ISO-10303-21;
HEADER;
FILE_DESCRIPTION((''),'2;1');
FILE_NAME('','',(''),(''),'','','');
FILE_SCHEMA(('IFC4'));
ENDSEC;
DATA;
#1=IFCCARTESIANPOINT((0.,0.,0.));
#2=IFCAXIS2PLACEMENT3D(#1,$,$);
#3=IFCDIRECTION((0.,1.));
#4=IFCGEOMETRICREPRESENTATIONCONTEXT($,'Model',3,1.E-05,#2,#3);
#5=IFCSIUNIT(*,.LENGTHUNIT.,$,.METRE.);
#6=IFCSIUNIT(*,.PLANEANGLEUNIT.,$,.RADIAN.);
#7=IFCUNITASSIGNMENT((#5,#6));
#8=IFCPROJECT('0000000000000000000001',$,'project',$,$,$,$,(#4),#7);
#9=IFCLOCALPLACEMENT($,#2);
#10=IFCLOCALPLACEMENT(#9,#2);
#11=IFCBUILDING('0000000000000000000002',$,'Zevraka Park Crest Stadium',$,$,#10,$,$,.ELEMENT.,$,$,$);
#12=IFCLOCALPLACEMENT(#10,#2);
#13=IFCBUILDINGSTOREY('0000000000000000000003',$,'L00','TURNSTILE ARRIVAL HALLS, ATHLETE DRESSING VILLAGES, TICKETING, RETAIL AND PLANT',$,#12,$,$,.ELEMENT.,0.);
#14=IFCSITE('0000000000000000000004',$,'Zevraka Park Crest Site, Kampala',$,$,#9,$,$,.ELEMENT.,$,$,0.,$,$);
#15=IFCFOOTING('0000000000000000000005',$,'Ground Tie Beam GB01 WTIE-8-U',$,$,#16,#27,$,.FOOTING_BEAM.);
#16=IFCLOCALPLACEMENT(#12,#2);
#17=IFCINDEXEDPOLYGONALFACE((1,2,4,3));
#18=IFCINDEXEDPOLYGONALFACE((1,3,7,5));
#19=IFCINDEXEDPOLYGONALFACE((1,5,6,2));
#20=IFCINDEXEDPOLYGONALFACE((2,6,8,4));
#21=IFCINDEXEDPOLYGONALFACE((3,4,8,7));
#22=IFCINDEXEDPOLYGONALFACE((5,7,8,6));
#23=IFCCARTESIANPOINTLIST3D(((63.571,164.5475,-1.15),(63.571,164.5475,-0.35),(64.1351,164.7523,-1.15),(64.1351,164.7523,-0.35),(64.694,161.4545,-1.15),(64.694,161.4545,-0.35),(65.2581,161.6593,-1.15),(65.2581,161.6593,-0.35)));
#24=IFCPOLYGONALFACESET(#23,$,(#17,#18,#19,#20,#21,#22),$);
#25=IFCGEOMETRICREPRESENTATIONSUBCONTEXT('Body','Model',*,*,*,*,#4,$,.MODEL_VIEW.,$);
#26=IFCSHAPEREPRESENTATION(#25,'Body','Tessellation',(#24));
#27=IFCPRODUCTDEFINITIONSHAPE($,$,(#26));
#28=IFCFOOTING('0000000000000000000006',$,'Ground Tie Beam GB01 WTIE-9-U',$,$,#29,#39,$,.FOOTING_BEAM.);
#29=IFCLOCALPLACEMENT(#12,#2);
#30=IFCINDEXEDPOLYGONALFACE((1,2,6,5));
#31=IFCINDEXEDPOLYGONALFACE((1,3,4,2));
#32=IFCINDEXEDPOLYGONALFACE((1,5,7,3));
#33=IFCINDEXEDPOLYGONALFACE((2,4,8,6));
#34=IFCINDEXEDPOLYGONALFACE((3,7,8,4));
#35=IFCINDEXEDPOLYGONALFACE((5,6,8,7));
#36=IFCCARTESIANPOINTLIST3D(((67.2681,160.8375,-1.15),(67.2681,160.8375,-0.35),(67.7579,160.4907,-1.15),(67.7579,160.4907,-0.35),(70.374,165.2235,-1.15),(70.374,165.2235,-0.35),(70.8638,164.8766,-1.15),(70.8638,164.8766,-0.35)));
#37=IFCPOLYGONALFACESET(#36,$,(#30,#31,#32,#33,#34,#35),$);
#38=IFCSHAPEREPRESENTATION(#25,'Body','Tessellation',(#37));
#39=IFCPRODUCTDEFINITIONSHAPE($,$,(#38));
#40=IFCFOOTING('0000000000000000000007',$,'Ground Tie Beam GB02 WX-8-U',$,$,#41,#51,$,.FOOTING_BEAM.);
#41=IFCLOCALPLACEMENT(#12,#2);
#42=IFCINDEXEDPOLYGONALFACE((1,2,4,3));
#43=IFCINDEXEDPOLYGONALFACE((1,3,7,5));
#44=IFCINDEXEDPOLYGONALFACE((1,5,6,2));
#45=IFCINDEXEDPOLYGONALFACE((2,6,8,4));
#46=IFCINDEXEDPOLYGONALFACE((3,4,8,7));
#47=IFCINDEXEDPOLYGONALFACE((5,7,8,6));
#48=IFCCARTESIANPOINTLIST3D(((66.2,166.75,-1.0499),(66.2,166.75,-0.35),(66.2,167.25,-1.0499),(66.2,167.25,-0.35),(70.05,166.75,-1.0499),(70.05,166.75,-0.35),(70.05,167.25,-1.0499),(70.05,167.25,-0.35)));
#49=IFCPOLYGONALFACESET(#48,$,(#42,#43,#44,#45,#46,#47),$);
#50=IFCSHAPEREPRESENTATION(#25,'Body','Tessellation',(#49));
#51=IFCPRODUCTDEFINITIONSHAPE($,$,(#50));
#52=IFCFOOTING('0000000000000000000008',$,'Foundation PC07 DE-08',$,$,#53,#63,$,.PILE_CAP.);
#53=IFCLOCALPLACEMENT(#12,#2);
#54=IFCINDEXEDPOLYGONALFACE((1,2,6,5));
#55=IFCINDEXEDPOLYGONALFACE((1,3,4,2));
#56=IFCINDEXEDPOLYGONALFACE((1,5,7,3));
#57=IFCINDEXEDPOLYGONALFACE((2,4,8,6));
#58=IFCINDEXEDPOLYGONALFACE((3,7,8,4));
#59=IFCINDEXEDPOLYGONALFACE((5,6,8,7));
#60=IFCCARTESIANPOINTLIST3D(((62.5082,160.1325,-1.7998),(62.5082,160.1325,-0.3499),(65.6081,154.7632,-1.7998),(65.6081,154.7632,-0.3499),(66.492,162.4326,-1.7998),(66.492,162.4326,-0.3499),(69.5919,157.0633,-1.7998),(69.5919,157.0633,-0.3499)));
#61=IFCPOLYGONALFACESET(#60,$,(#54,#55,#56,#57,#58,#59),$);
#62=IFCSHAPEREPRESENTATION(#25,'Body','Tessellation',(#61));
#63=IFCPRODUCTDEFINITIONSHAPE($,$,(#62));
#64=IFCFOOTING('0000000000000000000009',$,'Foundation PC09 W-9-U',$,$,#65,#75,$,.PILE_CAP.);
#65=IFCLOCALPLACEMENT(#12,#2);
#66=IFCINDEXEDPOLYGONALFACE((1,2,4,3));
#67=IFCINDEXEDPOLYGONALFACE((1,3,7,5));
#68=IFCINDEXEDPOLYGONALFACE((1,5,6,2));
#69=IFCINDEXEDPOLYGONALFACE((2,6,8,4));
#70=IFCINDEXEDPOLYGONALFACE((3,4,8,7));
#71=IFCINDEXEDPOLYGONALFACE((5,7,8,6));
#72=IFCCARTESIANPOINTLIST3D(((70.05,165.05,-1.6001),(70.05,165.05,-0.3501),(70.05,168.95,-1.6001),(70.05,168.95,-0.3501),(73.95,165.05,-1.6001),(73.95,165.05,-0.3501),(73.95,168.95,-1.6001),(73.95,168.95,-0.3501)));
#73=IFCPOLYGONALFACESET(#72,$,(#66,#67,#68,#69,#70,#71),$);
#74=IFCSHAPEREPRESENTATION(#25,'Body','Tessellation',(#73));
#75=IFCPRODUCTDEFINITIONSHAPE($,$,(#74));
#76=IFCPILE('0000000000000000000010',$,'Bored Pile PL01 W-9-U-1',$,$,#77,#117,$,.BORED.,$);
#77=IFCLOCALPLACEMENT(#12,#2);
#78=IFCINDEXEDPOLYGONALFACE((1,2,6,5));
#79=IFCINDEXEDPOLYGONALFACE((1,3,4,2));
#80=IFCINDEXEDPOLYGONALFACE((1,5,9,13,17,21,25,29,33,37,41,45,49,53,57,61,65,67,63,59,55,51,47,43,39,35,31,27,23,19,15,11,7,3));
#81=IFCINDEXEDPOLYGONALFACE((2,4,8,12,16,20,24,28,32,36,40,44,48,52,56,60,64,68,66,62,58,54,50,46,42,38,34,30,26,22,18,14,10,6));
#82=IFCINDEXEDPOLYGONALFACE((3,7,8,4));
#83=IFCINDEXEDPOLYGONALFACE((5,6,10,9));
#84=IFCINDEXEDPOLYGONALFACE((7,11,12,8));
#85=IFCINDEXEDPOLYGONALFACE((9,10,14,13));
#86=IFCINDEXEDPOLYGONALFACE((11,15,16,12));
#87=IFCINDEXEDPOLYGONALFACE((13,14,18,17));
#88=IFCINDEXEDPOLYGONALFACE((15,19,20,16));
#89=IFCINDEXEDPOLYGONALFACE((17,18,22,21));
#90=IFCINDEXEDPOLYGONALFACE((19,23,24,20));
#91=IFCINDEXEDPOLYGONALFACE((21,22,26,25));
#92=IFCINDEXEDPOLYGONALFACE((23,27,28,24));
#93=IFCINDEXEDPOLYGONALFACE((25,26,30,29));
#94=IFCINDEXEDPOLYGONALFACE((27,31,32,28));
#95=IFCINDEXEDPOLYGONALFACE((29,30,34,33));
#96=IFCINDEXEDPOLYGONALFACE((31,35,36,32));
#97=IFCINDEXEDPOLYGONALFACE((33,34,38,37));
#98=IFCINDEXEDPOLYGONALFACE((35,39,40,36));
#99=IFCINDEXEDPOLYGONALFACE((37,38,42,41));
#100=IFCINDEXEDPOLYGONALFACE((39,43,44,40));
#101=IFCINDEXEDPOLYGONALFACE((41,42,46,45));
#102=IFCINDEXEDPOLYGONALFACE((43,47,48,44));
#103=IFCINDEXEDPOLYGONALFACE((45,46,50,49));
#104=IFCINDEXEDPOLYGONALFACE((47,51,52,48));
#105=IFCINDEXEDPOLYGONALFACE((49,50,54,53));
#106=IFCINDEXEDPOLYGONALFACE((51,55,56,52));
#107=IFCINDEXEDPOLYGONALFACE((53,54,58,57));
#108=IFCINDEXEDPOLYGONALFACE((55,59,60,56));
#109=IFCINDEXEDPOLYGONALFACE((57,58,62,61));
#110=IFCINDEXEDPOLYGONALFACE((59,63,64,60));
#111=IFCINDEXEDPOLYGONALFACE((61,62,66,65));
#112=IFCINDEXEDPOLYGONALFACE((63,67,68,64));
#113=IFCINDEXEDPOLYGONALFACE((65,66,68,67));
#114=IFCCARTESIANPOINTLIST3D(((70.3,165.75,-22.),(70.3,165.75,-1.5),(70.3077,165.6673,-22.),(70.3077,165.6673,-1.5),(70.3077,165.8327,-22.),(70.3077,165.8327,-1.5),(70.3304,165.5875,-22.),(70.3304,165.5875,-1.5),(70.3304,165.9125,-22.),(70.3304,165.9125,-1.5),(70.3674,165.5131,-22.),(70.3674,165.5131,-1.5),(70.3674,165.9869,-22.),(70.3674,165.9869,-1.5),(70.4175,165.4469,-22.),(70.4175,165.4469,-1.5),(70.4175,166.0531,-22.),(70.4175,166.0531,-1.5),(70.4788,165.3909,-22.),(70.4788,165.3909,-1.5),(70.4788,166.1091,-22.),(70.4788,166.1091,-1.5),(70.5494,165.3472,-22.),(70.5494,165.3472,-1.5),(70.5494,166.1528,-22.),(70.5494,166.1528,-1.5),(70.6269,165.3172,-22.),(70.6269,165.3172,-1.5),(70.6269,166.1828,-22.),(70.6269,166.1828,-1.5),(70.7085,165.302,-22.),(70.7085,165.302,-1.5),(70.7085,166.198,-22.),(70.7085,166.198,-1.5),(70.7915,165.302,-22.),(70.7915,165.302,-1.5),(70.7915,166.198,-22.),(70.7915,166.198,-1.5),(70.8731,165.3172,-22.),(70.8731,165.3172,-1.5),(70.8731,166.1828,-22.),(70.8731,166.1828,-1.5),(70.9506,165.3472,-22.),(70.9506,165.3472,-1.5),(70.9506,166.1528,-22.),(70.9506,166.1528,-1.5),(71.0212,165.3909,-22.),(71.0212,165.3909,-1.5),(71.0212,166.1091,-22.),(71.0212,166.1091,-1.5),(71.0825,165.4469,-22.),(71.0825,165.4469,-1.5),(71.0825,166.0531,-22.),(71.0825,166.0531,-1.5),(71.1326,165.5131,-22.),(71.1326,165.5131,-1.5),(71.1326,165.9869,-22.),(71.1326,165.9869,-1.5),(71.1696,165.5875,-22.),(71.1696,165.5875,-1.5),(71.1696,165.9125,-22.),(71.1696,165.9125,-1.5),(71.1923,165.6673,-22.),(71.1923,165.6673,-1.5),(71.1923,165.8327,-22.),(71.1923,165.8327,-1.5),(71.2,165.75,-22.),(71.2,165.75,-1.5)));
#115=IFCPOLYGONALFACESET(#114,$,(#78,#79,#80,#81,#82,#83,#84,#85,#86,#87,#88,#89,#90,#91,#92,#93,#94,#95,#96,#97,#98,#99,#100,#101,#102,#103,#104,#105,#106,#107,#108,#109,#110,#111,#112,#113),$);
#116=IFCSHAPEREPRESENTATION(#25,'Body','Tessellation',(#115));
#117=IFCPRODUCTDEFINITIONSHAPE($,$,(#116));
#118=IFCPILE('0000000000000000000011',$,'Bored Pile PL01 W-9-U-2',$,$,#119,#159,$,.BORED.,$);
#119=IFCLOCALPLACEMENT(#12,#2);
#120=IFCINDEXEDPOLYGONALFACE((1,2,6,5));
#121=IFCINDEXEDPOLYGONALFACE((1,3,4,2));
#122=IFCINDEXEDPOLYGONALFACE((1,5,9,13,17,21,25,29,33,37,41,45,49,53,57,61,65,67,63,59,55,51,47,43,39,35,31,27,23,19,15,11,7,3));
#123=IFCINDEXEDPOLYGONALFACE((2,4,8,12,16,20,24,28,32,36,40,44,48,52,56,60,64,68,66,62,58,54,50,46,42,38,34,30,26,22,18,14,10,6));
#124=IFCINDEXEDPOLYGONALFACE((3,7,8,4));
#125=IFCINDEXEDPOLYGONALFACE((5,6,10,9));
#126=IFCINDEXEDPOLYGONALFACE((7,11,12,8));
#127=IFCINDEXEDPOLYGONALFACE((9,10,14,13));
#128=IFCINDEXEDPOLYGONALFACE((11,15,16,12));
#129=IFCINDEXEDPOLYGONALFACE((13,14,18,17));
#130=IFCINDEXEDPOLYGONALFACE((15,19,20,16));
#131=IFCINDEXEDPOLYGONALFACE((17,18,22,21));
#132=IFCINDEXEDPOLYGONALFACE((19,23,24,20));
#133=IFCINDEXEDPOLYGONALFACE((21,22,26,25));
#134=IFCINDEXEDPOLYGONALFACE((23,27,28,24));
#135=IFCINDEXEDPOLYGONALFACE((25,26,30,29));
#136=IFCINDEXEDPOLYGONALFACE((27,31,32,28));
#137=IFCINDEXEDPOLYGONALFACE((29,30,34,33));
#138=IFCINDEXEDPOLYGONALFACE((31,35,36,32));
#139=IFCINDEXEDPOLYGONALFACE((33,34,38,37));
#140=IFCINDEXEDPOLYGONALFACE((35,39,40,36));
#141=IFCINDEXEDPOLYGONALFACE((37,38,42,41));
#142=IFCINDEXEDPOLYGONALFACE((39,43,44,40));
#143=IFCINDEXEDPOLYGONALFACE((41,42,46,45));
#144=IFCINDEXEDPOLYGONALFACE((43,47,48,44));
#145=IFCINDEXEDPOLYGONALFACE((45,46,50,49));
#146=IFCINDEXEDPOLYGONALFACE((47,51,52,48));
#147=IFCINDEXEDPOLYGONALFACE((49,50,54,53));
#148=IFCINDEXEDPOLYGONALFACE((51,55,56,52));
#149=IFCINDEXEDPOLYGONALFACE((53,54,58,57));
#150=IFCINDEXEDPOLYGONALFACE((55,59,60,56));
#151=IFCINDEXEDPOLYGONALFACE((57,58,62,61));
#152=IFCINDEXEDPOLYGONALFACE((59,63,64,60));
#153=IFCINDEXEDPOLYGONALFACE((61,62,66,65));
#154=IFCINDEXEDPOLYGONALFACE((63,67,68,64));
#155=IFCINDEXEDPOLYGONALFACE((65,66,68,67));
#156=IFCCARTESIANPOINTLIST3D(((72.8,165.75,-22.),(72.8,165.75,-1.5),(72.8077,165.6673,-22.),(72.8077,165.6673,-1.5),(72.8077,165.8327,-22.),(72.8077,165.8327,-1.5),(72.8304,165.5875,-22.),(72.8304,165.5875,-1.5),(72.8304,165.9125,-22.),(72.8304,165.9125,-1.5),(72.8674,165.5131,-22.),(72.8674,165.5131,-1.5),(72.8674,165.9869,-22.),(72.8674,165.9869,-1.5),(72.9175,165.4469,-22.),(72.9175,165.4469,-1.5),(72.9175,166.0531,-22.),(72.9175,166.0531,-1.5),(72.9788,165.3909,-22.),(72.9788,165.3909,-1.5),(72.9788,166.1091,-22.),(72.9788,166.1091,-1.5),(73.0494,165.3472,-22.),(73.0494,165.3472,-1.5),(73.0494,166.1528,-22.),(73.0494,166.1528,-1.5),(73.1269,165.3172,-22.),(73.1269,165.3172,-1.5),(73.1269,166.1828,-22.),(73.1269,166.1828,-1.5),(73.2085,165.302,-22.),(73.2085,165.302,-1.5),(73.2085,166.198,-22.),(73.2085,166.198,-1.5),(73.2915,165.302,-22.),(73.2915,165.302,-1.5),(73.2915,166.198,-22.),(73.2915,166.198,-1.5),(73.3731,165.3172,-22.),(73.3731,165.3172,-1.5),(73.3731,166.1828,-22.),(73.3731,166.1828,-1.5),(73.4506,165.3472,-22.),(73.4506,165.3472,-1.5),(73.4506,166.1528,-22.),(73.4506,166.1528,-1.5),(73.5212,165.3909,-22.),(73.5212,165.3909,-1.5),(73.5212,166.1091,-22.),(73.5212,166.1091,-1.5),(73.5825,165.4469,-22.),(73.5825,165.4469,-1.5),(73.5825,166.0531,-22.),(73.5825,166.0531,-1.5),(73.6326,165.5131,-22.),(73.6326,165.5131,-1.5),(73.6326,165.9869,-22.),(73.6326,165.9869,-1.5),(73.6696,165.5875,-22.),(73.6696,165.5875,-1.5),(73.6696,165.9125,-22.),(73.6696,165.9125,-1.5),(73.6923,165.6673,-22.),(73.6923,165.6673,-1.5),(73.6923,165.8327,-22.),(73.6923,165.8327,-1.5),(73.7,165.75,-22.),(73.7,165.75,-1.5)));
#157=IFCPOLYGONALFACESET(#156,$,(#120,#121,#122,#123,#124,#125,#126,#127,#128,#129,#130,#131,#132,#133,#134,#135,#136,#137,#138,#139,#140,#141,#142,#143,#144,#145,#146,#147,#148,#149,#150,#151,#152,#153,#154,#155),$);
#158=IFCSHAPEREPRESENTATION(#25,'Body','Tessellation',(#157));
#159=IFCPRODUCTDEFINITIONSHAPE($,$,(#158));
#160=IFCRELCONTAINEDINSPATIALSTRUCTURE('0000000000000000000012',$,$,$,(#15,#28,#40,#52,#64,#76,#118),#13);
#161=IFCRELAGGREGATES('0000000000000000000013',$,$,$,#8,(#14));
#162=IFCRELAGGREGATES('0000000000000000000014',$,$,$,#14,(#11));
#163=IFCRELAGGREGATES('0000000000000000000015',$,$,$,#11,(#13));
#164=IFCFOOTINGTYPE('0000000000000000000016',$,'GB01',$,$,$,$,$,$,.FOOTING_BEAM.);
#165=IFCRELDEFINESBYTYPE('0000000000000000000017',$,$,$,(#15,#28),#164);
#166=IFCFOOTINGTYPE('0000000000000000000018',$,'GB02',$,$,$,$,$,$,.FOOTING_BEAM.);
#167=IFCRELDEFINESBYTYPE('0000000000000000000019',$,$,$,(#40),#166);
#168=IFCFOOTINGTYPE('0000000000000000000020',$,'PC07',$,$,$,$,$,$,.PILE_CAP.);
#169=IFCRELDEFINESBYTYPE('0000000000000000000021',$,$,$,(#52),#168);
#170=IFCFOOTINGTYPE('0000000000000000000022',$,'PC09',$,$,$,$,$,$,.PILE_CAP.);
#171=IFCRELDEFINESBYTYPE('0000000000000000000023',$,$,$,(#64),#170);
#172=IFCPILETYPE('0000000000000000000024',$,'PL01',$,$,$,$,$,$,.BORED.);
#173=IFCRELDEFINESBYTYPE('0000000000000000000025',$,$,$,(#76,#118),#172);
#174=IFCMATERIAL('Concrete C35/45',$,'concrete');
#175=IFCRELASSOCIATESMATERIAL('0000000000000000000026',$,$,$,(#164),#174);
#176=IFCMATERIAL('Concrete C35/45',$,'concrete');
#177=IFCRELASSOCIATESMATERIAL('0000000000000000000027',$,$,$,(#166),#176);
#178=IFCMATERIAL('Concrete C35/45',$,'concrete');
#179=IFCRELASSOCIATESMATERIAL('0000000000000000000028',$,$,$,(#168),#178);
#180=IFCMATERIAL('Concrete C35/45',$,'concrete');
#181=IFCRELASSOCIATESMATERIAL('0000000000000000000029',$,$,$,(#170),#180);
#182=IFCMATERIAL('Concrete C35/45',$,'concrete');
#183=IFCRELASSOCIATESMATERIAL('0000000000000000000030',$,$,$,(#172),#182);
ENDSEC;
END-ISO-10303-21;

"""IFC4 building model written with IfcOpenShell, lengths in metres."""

from ifc_helpers import new_model, si_unit, direction, frame, origin, origin_2d, place, context, subcontext, project, spatial, rectangle, circle, extrude, material, material_profile, profile_set, type_object, element, save


model = new_model("IFC4")

# Units and contexts
model_context = context("Model", 3, precision=1e-05, world=origin(), true_north=direction((0.0, 1.0)))
body_context = subcontext(model_context, "Body", "Model", "MODEL_VIEW")
ifc_project = project(units=[si_unit("LENGTHUNIT", "METRE"), si_unit("PLANEANGLEUNIT", "RADIAN")], contexts=[model_context])

# Site, building, storey
site_placement = place(None, origin())
site = spatial("IfcSite", under=ifc_project, at=site_placement, Name="Zevraka Park Crest Site, Kampala", CompositionType="ELEMENT", RefElevation=0.0)
building_placement = place(site_placement, origin())
building = spatial("IfcBuilding", under=site, at=building_placement, Name="Zevraka Park Crest Stadium", CompositionType="ELEMENT")
storey_placement = place(building_placement, origin())
storey = spatial("IfcBuildingStorey", under=building, at=storey_placement, Name="L00", Description="TURNSTILE ARRIVAL HALLS, ATHLETE DRESSING VILLAGES, TICKETING, RETAIL AND PLANT", CompositionType="ELEMENT", Elevation=0.0)

# Footings
ifc_material_1 = material(Name="Concrete C35/45", Category="concrete")
ifc_material_profile_1 = material_profile(ifc_material_1, rectangle(XDim=0.6001, YDim=0.8, at=origin_2d()), Name="GB 800x600")
ifc_profile_set_1 = profile_set([ifc_material_profile_1], Name="Concrete C35/45")
footing_type_1 = type_object("IfcFootingType", Name="GB01", PredefinedType="FOOTING_BEAM", material=ifc_profile_set_1)
footing_1_placement = place(storey_placement, frame((63.853, 164.6499, -0.75), z_axis=(0.34129, -0.939958, 0.0), x_axis=(0.939958, 0.34129, 0.0)))
element("IfcFooting", 1, at=footing_1_placement, inside=storey, type_object=footing_type_1, Name="Ground Tie Beam GB01 WTIE-8-U", PredefinedType="FOOTING_BEAM", context=body_context, shape_type="SweptSolid", body=[
    extrude(rectangle(XDim=0.6001, YDim=0.8, at=origin_2d()), origin(), (0.0, 0.0, 1.0), 3.2905),
])
footing_2_placement = place(storey_placement, frame((70.6189, 165.05, -0.75), z_axis=(-0.57792, -0.816093, 0.0), x_axis=(0.816093, -0.57792, 0.0)))
element("IfcFooting", 2, at=footing_2_placement, inside=storey, type_object=footing_type_1, Name="Ground Tie Beam GB01 WTIE-9-U", PredefinedType="FOOTING_BEAM", context=body_context, shape_type="SweptSolid", body=[
    extrude(rectangle(XDim=0.6001, YDim=0.8, at=origin_2d()), origin(), (0.0, 0.0, 1.0), 5.3743),
])
ifc_material_2 = material(Name="Concrete C35/45", Category="concrete")
ifc_material_profile_2 = material_profile(ifc_material_2, rectangle(XDim=0.5, YDim=0.7, at=origin_2d()), Name="GB 700x500")
ifc_profile_set_2 = profile_set([ifc_material_profile_2], Name="Concrete C35/45")
footing_type_2 = type_object("IfcFootingType", Name="GB02", PredefinedType="FOOTING_BEAM", material=ifc_profile_set_2)
footing_3_placement = place(storey_placement, frame((66.2, 167.0, -0.7), z_axis=(1.0, 0.0, 0.0), x_axis=(0.0, 1.0, 0.0)))
element("IfcFooting", 3, at=footing_3_placement, inside=storey, type_object=footing_type_2, Name="Ground Tie Beam GB02 WX-8-U", PredefinedType="FOOTING_BEAM", context=body_context, shape_type="SweptSolid", body=[
    extrude(rectangle(XDim=0.5, YDim=0.7, at=origin_2d()), origin(), (0.0, 0.0, 1.0), 3.8501),
])
ifc_material_3 = material(Name="Concrete C35/45", Category="concrete")
footing_type_3 = type_object("IfcFootingType", Name="PC07", PredefinedType="PILE_CAP", material=ifc_material_3)
footing_4_placement = place(storey_placement, frame((66.05, 158.5979, -1.7998), z_axis=(0.0, 0.0, 1.0), x_axis=(-0.5, 0.866025, 0.0)))
element("IfcFooting", 4, at=footing_4_placement, inside=storey, type_object=footing_type_3, Name="Foundation PC07 DE-08", PredefinedType="PILE_CAP", context=body_context, shape_type="SweptSolid", body=[
    extrude(rectangle(XDim=6.2, YDim=4.6001, at=origin_2d()), origin(), (0.0, 0.0, 1.0), 1.45),
])
ifc_material_4 = material(Name="Concrete C35/45", Category="concrete")
footing_type_4 = type_object("IfcFootingType", Name="PC09", PredefinedType="PILE_CAP", material=ifc_material_4)
footing_5_placement = place(storey_placement, frame((72.0, 167.0, -1.6001), z_axis=(0.0, 0.0, 1.0), x_axis=(1.0, 0.0, 0.0)))
element("IfcFooting", 5, at=footing_5_placement, inside=storey, type_object=footing_type_4, Name="Foundation PC09 W-9-U", PredefinedType="PILE_CAP", context=body_context, shape_type="SweptSolid", body=[
    extrude(rectangle(XDim=3.8999, YDim=3.8999, at=origin_2d()), origin(), (0.0, 0.0, 1.0), 1.25),
])

# Piles
ifc_material_5 = material(Name="Concrete C35/45", Category="concrete")
ifc_material_profile_3 = material_profile(ifc_material_5, circle(Radius=0.45, at=origin_2d()), Name="PILE D900")
ifc_profile_set_3 = profile_set([ifc_material_profile_3], Name="Concrete C35/45")
pile_type_1 = type_object("IfcPileType", Name="PL01", PredefinedType="BORED", material=ifc_profile_set_3)
for number, where, z_axis, x_axis, name in (
    (6, (70.75, 165.75, -1.5), (0.0, 0.0, -1.0), (1.0, 0.0, 0.0), "Bored Pile PL01 W-9-U-1"),
    (7, (73.25, 165.75, -1.5), (0.0, 0.0, -1.0), (1.0, 0.0, 0.0), "Bored Pile PL01 W-9-U-2"),
):
    element("IfcPile", number, at=place(storey_placement, frame(where, z_axis=z_axis, x_axis=x_axis)), inside=storey, type_object=pile_type_1, Name=name, PredefinedType="BORED", context=body_context, shape_type="SweptSolid", body=[
        extrude(circle(Radius=0.45, at=origin_2d()), origin(), (0.0, 0.0, 1.0), 20.5),
    ])

save(model, "model.ifc")
